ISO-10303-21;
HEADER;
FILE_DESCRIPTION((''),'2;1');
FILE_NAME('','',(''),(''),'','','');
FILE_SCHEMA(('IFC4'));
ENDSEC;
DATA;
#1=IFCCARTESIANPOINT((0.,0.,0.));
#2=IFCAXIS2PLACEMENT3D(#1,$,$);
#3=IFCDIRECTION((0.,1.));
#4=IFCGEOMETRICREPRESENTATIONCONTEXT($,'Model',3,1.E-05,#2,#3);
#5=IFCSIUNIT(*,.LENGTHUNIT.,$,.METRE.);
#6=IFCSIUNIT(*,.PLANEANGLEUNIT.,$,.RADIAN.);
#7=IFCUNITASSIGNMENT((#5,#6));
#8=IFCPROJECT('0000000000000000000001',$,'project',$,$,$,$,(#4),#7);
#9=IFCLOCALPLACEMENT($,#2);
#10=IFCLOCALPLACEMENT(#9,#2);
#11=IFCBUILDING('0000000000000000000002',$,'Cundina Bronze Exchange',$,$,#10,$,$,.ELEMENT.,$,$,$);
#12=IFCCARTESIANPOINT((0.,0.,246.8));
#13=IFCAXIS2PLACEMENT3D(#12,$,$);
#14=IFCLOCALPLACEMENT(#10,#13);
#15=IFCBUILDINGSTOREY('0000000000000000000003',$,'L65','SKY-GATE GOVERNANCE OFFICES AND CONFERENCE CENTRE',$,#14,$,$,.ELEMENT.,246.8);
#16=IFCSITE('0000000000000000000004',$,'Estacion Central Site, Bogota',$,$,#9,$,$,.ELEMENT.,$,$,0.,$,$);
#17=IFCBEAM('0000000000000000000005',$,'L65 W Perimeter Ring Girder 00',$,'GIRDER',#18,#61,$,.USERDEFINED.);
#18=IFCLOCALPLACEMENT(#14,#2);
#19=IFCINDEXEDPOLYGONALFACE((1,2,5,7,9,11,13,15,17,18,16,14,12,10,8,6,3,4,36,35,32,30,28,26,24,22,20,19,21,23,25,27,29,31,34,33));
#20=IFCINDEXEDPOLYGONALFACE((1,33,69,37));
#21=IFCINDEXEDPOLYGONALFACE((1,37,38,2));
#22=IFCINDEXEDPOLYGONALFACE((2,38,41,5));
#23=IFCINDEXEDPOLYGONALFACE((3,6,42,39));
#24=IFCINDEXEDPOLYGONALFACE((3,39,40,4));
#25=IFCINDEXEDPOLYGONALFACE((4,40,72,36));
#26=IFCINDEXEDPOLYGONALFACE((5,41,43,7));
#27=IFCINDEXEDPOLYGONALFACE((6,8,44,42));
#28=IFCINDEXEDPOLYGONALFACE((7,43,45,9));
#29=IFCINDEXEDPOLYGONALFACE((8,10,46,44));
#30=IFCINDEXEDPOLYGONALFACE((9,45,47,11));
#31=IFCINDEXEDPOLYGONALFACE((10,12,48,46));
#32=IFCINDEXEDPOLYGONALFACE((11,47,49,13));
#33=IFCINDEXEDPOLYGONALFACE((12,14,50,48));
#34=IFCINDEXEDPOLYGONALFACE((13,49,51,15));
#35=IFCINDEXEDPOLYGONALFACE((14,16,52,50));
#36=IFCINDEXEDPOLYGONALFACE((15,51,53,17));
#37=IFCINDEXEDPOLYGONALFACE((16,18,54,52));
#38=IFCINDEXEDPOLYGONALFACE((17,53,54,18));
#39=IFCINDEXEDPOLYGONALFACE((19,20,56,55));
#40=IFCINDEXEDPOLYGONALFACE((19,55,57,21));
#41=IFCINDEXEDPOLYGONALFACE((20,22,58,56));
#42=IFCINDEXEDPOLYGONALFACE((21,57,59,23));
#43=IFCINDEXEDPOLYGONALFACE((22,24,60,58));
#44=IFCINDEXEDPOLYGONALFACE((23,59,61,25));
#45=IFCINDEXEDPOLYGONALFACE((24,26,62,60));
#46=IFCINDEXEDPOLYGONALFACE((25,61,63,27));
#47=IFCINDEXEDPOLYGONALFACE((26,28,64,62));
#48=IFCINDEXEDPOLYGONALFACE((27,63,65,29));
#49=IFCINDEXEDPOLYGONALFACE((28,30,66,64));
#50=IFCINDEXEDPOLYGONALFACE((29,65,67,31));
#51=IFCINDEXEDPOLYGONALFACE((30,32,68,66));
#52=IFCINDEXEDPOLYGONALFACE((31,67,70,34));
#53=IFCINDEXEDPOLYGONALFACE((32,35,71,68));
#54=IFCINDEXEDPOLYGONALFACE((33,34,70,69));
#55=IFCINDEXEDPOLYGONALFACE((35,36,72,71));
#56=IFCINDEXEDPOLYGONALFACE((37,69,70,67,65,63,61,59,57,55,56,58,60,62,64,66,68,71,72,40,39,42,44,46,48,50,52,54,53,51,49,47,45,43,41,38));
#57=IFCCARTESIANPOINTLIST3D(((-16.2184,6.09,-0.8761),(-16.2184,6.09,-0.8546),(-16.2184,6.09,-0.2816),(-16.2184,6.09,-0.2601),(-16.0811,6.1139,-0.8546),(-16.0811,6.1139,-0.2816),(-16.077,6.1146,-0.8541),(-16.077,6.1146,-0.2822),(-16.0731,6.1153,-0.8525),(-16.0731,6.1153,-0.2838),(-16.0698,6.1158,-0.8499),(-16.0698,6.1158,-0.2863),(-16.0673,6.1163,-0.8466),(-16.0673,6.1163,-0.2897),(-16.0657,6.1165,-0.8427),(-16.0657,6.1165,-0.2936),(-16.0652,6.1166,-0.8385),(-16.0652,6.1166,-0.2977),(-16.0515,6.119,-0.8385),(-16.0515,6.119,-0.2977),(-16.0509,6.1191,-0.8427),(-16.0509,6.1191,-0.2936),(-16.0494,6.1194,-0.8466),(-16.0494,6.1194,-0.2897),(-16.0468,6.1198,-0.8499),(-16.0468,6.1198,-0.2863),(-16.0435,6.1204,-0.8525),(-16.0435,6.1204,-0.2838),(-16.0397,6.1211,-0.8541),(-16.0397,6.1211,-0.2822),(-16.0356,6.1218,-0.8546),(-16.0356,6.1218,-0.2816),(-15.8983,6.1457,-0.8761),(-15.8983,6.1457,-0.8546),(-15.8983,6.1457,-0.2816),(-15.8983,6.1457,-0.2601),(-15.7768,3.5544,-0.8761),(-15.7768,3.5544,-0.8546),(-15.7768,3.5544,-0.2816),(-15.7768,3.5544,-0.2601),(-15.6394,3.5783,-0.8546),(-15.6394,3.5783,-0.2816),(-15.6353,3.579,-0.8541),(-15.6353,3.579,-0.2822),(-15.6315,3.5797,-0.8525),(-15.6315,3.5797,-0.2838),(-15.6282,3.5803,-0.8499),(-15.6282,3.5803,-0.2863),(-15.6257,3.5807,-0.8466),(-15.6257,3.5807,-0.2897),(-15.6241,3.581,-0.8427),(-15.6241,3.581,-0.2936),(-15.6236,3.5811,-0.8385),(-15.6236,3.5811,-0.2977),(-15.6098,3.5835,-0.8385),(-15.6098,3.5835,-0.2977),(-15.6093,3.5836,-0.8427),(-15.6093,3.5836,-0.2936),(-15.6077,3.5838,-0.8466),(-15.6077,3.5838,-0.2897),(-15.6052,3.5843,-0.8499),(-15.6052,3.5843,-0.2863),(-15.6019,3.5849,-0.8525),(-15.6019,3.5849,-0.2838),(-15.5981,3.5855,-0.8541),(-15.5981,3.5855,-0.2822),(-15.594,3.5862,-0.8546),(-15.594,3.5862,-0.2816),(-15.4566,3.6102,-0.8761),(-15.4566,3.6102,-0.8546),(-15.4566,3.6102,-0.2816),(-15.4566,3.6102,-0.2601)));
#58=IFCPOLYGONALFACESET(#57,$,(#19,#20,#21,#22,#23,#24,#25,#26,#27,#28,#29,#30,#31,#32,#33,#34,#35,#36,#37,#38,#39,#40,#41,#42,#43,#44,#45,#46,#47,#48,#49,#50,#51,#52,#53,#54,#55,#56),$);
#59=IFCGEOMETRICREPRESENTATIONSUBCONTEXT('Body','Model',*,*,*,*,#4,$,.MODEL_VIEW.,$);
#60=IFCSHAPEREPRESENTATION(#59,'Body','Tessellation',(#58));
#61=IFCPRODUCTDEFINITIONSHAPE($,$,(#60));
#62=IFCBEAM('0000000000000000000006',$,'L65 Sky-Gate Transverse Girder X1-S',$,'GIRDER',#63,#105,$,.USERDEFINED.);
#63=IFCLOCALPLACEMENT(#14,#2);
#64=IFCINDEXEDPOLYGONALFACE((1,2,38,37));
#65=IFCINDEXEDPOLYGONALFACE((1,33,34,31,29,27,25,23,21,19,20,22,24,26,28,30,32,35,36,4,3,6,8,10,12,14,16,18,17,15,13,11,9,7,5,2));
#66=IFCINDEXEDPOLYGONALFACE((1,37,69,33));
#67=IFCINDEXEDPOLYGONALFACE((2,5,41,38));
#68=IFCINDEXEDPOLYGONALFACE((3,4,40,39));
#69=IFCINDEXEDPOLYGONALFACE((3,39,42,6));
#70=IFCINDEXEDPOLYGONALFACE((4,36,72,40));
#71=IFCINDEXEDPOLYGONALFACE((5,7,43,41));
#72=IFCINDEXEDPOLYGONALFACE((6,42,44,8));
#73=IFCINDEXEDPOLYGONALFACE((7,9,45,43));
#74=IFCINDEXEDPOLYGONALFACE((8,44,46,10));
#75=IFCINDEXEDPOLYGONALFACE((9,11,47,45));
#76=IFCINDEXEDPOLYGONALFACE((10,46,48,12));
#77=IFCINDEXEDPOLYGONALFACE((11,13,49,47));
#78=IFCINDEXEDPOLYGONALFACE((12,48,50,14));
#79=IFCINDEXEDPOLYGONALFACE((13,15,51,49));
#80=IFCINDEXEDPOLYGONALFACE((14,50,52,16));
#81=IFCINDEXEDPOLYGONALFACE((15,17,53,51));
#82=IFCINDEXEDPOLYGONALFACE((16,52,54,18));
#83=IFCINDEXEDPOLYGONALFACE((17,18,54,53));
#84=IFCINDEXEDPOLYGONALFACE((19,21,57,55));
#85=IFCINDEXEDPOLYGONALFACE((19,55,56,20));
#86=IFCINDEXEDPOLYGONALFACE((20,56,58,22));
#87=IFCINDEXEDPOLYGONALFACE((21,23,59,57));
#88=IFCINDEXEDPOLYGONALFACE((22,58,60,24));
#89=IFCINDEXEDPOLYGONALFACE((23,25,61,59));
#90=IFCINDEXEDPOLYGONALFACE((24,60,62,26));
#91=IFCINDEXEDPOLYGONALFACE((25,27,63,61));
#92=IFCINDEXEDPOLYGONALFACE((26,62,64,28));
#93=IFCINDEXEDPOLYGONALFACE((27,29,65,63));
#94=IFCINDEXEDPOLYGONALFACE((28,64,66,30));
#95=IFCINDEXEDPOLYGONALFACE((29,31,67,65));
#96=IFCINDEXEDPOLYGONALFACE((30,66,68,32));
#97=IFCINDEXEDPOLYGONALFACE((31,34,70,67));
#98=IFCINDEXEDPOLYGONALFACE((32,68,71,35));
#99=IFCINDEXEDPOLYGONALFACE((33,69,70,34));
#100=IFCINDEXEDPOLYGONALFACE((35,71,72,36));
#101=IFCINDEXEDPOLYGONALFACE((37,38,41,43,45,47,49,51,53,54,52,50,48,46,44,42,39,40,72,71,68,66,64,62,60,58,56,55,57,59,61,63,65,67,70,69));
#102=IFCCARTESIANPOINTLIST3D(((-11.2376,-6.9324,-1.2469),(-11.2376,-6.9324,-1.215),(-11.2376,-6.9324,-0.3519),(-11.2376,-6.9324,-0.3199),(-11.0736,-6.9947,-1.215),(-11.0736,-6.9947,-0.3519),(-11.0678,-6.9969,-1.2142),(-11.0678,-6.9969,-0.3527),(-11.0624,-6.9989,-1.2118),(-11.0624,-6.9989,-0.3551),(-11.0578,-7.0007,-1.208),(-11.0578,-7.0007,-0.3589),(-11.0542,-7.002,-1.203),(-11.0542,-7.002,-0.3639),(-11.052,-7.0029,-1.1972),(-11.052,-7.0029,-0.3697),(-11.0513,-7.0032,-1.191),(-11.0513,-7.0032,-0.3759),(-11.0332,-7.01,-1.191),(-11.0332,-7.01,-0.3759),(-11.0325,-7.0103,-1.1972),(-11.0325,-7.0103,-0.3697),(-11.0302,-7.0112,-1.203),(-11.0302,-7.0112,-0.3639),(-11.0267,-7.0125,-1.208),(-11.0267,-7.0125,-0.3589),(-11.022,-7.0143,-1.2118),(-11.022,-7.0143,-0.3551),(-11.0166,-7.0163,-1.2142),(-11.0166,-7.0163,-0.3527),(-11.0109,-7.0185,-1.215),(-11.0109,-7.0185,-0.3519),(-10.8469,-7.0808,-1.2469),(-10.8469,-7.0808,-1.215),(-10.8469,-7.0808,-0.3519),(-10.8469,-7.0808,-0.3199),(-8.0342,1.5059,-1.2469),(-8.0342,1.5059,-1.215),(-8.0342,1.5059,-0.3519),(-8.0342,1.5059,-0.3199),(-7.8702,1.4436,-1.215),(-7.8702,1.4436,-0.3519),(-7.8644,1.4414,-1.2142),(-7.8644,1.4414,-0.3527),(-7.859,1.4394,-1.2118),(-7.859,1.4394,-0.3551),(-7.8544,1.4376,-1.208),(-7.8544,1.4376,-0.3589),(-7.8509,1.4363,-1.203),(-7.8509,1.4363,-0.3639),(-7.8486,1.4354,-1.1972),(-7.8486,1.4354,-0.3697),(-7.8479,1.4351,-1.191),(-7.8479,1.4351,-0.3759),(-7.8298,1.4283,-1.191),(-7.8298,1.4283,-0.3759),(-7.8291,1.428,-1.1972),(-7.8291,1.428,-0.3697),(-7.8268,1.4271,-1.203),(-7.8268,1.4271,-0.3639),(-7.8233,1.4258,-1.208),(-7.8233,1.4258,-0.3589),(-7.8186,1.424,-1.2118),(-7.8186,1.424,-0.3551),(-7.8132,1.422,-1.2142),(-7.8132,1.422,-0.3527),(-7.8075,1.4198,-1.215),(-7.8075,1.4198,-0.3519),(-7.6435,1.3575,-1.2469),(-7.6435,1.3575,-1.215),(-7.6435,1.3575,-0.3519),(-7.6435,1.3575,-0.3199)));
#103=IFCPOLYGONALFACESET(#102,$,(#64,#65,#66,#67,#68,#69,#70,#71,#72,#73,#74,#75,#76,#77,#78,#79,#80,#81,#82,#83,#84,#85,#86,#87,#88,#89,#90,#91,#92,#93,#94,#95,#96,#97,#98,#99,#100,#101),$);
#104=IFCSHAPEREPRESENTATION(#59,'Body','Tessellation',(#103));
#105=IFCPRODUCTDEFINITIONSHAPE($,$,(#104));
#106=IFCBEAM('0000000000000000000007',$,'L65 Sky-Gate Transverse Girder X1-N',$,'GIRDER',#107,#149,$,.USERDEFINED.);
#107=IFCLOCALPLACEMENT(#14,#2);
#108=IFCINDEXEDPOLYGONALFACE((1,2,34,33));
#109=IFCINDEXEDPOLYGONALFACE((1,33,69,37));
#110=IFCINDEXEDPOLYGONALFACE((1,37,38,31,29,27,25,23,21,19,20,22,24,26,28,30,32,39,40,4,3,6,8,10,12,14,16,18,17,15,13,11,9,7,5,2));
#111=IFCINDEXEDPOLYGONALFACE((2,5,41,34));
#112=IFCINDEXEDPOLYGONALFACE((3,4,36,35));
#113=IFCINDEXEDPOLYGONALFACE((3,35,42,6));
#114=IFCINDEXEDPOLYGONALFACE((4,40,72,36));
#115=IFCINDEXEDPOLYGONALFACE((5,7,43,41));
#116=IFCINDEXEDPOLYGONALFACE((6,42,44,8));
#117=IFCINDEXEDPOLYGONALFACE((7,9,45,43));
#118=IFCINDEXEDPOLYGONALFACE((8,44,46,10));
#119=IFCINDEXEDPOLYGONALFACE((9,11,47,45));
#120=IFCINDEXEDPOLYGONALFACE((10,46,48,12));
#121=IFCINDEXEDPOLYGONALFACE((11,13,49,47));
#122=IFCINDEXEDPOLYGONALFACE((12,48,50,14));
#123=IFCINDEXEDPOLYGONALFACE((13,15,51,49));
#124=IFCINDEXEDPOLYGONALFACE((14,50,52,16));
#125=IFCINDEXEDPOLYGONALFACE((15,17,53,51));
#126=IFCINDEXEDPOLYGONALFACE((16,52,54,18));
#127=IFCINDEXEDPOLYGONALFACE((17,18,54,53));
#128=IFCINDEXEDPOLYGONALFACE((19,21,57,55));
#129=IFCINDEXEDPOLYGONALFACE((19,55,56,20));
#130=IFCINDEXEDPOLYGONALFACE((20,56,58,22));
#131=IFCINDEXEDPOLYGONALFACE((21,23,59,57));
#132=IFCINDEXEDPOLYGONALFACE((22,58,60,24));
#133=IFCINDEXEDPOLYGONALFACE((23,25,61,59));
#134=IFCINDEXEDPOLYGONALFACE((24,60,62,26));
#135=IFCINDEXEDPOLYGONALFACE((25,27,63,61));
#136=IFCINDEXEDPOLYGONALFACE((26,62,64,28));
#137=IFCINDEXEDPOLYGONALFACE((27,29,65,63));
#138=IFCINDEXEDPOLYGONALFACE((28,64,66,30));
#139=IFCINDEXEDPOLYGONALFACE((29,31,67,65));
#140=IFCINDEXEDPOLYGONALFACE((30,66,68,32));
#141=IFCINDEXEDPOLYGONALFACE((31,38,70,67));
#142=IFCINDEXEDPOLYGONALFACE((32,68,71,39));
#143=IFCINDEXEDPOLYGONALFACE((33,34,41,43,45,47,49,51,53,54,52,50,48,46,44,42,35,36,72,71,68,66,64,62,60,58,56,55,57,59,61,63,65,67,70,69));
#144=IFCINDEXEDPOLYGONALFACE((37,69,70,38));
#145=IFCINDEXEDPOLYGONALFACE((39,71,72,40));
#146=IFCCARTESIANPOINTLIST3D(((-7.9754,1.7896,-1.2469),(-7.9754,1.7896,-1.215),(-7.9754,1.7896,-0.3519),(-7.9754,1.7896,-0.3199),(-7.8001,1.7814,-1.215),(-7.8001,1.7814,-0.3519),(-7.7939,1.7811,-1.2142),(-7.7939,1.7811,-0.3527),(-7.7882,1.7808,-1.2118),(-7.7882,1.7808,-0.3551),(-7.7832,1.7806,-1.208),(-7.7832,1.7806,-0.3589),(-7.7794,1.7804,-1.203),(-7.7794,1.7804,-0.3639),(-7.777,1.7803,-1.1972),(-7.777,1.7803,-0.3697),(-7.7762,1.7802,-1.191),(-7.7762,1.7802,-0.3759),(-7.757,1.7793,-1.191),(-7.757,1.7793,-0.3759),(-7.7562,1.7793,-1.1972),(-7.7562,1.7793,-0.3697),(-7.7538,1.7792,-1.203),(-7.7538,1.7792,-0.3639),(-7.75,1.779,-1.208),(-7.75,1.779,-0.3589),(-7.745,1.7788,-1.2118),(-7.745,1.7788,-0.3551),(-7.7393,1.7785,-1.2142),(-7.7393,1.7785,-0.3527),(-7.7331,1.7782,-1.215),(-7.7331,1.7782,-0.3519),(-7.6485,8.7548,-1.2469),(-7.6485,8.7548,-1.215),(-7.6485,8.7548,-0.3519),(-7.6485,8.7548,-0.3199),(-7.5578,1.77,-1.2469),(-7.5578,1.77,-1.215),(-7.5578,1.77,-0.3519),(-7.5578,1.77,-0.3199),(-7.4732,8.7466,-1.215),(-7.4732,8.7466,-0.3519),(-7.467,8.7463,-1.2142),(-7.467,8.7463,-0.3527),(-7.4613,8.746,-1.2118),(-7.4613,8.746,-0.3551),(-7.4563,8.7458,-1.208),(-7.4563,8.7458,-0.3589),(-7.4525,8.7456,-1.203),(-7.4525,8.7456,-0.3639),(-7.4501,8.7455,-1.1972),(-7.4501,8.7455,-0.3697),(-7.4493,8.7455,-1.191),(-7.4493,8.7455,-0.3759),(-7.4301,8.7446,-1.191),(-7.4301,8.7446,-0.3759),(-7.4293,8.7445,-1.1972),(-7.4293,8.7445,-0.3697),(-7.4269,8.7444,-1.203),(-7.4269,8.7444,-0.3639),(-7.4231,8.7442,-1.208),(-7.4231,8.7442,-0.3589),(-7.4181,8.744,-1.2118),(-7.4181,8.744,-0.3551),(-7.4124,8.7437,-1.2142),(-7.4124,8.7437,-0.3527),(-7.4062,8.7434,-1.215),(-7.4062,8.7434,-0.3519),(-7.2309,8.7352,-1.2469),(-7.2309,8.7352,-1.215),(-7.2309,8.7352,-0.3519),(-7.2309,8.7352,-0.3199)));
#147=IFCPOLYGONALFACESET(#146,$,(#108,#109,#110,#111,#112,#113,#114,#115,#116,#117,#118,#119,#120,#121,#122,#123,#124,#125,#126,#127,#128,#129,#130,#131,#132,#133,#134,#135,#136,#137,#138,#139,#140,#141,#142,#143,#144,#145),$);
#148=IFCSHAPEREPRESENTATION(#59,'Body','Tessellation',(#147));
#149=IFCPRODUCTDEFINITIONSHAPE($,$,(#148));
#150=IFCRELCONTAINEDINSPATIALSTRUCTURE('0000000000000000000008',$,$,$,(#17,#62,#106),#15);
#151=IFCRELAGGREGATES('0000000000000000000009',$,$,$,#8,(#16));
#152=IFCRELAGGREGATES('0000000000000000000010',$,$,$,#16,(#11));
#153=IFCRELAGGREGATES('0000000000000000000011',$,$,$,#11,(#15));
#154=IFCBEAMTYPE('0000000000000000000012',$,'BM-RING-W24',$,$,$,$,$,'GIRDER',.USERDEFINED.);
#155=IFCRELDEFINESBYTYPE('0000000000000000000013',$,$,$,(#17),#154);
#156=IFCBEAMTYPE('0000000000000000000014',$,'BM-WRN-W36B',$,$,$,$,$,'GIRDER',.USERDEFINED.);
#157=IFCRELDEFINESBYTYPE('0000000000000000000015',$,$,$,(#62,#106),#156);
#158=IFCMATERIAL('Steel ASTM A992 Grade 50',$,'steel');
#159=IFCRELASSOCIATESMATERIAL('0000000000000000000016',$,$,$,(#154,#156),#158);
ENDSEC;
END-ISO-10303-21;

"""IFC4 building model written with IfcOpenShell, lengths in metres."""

from ifc_helpers import new_model, si_unit, direction, frame, origin, origin_2d, place, context, subcontext, project, spatial, i_section, extrude, material, material_profile, profile_set, type_object, element, save


model = new_model("IFC4")

# Units and contexts
model_context = context("Model", 3, precision=1e-05, world=origin(), true_north=direction((0.0, 1.0)))
body_context = subcontext(model_context, "Body", "Model", "MODEL_VIEW")
ifc_project = project(units=[si_unit("LENGTHUNIT", "METRE"), si_unit("PLANEANGLEUNIT", "RADIAN")], contexts=[model_context])

# Site, building, storey
site_placement = place(None, origin())
site = spatial("IfcSite", under=ifc_project, at=site_placement, Name="Estacion Central Site, Bogota", CompositionType="ELEMENT", RefElevation=0.0)
building_placement = place(site_placement, origin())
building = spatial("IfcBuilding", under=site, at=building_placement, Name="Cundina Bronze Exchange", CompositionType="ELEMENT")
storey_placement = place(building_placement, frame((0.0, 0.0, 246.8)))
storey = spatial("IfcBuildingStorey", under=building, at=storey_placement, Name="L65", Description="SKY-GATE GOVERNANCE OFFICES AND CONFERENCE CENTRE", CompositionType="ELEMENT", Elevation=246.8)

# Beams
ifc_material_1 = material(Name="Steel ASTM A992 Grade 50", Category="steel")
ifc_material_profile_1 = material_profile(ifc_material_1, i_section(OverallWidth=0.325, OverallDepth=0.616, WebThickness=0.0139, FlangeThickness=0.0215, FilletRadius=0.0161, at=origin_2d()), Name="W24X117", Category="steel")
ifc_profile_set_1 = profile_set([ifc_material_profile_1], Name="Steel ASTM A992 Grade 50")
beam_type_1 = type_object("IfcBeamType", Name="BM-RING-W24", ElementType="GIRDER", PredefinedType="USERDEFINED", material=ifc_profile_set_1)
beam_1_placement = place(storey_placement, frame((-15.6167, 3.5823, -0.5681), z_axis=(-0.171593, 0.985168, 0.0), x_axis=(-0.985168, -0.171593, 0.0)))
element("IfcBeam", 1, at=beam_1_placement, inside=storey, type_object=beam_type_1, Name="L65 W Perimeter Ring Girder 00", ObjectType="GIRDER", PredefinedType="USERDEFINED", context=body_context, shape_type="SweptSolid", body=[
    extrude(i_section(OverallWidth=0.325, OverallDepth=0.616, WebThickness=0.0139, FlangeThickness=0.0215, FilletRadius=0.0161, at=origin_2d()), origin(), (0.0, 0.0, 1.0), 2.5737),
])
ifc_material_profile_2 = material_profile(ifc_material_1, i_section(OverallWidth=0.418, OverallDepth=0.927, WebThickness=0.0193, FlangeThickness=0.032, FilletRadius=0.0239, at=origin_2d()), Name="W36X231", Category="steel")
ifc_profile_set_2 = profile_set([ifc_material_profile_2], Name="Steel ASTM A992 Grade 50")
beam_type_2 = type_object("IfcBeamType", Name="BM-WRN-W36B", ElementType="GIRDER", PredefinedType="USERDEFINED", material=ifc_profile_set_2)
beam_2_placement = place(storey_placement, frame((-11.0422, -7.0066, -0.7834), z_axis=(0.354912, 0.9349, 0.0), x_axis=(-0.9349, 0.354912, 0.0)))
element("IfcBeam", 2, at=beam_2_placement, inside=storey, type_object=beam_type_2, Name="L65 Sky-Gate Transverse Girder X1-S", ObjectType="GIRDER", PredefinedType="USERDEFINED", context=body_context, shape_type="SweptSolid", body=[
    extrude(i_section(OverallWidth=0.418, OverallDepth=0.927, WebThickness=0.0193, FlangeThickness=0.032, FilletRadius=0.0239, at=origin_2d()), origin(), (0.0, 0.0, 1.0), 9.0259),
])
beam_3_placement = place(storey_placement, frame((-7.7666, 1.7798, -0.7834), z_axis=(0.046881, 0.9989, 0.0), x_axis=(-0.9989, 0.046881, 0.0)))
element("IfcBeam", 3, at=beam_3_placement, inside=storey, type_object=beam_type_2, Name="L65 Sky-Gate Transverse Girder X1-N", ObjectType="GIRDER", PredefinedType="USERDEFINED", context=body_context, shape_type="SweptSolid", body=[
    extrude(i_section(OverallWidth=0.418, OverallDepth=0.927, WebThickness=0.0193, FlangeThickness=0.032, FilletRadius=0.0239, at=origin_2d()), origin(), (0.0, 0.0, 1.0), 6.9729),
])

save(model, "model.ifc")
